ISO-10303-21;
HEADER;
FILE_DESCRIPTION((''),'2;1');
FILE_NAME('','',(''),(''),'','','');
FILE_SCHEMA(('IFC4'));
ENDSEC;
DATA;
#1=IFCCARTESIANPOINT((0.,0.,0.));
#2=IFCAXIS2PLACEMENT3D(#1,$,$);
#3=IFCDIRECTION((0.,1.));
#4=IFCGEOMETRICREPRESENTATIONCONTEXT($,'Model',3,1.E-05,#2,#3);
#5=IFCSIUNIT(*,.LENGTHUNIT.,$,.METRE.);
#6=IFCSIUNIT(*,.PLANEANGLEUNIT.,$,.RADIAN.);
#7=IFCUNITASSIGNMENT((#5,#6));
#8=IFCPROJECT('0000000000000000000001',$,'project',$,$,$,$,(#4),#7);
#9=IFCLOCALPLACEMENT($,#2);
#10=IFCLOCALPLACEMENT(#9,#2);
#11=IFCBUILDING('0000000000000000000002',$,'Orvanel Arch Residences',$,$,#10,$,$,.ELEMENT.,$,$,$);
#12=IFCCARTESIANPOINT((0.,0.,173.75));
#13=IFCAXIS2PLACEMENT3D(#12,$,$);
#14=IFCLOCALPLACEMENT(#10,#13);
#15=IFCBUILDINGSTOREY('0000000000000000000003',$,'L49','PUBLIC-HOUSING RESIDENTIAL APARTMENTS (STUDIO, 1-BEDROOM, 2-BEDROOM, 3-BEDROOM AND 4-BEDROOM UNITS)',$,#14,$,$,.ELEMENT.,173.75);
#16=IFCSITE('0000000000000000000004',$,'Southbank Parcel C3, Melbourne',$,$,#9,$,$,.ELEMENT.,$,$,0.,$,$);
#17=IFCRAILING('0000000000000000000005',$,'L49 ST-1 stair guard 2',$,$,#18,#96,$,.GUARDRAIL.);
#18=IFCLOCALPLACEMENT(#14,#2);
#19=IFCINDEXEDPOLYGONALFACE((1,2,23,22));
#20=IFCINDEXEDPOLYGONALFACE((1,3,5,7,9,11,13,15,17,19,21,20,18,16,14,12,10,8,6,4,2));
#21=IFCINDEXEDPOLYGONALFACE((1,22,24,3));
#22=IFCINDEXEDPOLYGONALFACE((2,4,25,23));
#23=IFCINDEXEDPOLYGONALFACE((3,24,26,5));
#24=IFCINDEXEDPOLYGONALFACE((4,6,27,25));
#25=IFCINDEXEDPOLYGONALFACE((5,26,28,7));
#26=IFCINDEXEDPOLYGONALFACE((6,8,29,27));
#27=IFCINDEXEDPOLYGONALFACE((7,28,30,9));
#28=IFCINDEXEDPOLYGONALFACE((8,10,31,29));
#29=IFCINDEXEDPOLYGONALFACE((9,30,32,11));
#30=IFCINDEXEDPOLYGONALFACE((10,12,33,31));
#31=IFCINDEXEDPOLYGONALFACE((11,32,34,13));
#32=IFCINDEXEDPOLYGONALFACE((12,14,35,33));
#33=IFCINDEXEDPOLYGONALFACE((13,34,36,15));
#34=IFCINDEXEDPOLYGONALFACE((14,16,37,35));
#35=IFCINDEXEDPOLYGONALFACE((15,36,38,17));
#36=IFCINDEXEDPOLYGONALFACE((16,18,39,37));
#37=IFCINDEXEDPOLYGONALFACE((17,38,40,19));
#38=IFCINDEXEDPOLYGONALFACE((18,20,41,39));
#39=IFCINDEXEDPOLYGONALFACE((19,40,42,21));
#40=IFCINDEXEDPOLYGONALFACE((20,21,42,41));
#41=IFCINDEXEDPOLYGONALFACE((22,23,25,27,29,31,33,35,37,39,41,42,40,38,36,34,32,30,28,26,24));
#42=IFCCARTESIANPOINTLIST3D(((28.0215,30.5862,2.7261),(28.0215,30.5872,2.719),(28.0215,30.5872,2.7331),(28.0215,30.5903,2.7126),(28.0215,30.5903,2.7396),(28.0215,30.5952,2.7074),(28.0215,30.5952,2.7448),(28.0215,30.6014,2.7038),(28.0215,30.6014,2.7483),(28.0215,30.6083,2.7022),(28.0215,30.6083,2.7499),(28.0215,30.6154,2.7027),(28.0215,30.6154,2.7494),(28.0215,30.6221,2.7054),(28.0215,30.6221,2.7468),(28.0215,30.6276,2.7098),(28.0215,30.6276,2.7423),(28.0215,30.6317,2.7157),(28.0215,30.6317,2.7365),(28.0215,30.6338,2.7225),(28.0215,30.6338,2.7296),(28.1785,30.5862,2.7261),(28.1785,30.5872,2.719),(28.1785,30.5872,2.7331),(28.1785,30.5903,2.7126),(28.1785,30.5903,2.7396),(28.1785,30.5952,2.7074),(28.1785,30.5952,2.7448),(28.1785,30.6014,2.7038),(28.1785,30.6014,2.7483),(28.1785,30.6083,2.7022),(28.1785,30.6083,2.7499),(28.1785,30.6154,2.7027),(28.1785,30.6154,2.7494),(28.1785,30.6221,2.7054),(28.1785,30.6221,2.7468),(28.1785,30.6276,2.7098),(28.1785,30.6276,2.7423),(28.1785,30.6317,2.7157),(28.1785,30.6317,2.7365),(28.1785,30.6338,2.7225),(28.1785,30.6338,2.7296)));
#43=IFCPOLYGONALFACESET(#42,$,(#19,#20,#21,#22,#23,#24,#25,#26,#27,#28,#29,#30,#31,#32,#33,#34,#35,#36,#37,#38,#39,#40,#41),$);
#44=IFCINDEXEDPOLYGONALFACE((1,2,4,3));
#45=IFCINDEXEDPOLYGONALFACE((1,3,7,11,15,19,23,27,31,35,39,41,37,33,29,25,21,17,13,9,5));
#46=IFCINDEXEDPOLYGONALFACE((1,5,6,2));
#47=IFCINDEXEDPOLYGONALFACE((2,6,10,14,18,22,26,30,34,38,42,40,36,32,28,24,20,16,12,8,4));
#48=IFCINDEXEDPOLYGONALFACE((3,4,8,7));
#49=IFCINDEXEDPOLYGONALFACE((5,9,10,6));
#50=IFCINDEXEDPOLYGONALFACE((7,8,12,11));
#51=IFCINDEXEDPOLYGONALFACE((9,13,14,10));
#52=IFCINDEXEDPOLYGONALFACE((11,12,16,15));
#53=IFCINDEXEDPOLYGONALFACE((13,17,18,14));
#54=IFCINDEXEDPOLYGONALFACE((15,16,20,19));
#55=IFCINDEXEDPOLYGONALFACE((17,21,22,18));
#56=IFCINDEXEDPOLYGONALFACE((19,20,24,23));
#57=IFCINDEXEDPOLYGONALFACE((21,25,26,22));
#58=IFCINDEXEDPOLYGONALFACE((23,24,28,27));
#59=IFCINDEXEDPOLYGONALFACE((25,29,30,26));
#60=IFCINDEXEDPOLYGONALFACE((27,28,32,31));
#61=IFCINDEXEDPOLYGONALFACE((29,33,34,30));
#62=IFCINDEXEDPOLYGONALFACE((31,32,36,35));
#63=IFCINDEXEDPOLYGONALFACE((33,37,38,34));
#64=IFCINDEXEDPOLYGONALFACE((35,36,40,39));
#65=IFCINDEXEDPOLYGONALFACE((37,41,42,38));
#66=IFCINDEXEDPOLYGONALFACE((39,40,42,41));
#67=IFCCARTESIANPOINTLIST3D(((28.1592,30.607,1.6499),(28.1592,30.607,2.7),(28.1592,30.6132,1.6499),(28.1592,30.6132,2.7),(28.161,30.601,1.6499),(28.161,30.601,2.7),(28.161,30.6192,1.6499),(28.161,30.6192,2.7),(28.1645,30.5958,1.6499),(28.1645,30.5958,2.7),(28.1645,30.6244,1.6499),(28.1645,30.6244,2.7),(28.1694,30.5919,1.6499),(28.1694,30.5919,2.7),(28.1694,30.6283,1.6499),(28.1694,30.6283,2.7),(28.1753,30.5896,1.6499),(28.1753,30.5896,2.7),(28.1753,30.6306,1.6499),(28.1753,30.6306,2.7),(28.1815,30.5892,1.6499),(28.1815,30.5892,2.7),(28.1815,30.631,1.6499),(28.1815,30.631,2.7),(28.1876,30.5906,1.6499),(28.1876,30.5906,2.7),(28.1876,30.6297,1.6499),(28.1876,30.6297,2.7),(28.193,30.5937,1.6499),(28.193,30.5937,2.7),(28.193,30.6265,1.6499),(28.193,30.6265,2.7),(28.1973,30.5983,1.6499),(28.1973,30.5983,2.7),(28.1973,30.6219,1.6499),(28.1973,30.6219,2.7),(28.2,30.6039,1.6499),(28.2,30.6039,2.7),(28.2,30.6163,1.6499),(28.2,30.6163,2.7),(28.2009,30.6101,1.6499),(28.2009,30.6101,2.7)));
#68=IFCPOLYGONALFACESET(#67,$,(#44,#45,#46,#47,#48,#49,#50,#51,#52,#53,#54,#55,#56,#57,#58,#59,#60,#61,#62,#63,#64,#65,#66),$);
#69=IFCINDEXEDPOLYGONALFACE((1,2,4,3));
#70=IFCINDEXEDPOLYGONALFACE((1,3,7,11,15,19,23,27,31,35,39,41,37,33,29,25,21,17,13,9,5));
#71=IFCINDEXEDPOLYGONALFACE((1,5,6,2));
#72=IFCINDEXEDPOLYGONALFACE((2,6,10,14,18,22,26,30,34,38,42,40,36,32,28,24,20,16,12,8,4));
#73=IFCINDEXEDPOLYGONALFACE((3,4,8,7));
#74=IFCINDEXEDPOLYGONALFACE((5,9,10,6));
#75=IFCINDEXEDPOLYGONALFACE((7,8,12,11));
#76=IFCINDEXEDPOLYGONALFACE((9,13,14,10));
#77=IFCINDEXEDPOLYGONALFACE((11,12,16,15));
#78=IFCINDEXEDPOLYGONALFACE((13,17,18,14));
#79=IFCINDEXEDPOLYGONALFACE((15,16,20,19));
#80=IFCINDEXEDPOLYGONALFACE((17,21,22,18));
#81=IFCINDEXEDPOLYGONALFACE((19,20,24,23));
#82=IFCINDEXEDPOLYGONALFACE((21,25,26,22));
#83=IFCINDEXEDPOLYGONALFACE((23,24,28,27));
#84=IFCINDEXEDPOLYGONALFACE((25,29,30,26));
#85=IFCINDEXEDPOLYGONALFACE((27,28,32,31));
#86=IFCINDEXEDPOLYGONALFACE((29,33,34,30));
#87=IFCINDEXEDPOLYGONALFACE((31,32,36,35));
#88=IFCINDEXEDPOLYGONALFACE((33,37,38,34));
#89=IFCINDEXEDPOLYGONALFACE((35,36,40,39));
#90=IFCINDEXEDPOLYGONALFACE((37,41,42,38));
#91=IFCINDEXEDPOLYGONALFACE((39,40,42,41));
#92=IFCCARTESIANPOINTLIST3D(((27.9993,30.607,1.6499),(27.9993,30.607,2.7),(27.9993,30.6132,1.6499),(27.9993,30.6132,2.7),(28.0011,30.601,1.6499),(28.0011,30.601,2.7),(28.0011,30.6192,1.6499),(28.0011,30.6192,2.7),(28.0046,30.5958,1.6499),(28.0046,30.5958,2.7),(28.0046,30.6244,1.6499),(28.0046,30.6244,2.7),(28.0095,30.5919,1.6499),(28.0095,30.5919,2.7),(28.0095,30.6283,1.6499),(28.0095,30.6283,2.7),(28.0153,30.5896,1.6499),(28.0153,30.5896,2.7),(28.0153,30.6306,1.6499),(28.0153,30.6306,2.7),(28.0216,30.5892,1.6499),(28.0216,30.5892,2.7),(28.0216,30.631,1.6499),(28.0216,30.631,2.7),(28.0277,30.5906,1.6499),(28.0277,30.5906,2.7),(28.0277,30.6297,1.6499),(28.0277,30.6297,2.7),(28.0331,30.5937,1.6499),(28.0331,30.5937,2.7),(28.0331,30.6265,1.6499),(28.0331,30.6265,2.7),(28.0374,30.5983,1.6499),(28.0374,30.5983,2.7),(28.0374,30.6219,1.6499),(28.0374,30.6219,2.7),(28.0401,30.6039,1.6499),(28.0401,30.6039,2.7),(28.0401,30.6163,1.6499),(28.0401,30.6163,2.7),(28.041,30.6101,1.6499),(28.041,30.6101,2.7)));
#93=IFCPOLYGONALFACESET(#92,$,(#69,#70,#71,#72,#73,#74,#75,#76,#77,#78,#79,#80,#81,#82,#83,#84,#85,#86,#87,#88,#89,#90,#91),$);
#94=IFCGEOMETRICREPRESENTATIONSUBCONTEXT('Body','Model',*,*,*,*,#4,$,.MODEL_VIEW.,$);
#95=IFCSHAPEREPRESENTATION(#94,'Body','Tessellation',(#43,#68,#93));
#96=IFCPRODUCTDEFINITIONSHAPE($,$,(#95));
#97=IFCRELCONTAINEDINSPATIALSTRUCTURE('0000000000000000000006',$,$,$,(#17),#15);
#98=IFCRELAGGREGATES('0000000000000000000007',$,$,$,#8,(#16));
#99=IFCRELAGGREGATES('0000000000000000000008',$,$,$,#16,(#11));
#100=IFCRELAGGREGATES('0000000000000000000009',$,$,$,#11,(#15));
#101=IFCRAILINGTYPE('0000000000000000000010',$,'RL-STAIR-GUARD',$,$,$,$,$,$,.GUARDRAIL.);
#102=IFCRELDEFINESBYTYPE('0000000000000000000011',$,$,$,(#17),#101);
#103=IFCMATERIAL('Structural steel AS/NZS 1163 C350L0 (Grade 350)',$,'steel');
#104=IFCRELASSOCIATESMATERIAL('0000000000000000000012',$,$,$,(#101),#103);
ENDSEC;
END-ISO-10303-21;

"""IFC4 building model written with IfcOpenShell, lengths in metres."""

from ifc_helpers import new_model, si_unit, direction, frame, origin, origin_2d, place, context, subcontext, project, spatial, circle, extrude, material, type_object, element, save


model = new_model("IFC4")

# Units and contexts
model_context = context("Model", 3, precision=1e-05, world=origin(), true_north=direction((0.0, 1.0)))
body_context = subcontext(model_context, "Body", "Model", "MODEL_VIEW")
ifc_project = project(units=[si_unit("LENGTHUNIT", "METRE"), si_unit("PLANEANGLEUNIT", "RADIAN")], contexts=[model_context])

# Site, building, storey
site_placement = place(None, origin())
site = spatial("IfcSite", under=ifc_project, at=site_placement, Name="Southbank Parcel C3, Melbourne", CompositionType="ELEMENT", RefElevation=0.0)
building_placement = place(site_placement, origin())
building = spatial("IfcBuilding", under=site, at=building_placement, Name="Orvanel Arch Residences", CompositionType="ELEMENT")
storey_placement = place(building_placement, frame((0.0, 0.0, 173.75)))
storey = spatial("IfcBuildingStorey", under=building, at=storey_placement, Name="L49", Description="PUBLIC-HOUSING RESIDENTIAL APARTMENTS (STUDIO, 1-BEDROOM, 2-BEDROOM, 3-BEDROOM AND 4-BEDROOM UNITS)", CompositionType="ELEMENT", Elevation=173.75)

# Railing
ifc_material_1 = material(Name="Structural steel AS/NZS 1163 C350L0 (Grade 350)", Category="steel")
railing_type_1 = type_object("IfcRailingType", Name="RL-STAIR-GUARD", PredefinedType="GUARDRAIL", material=ifc_material_1)
railing_1_placement = place(storey_placement, frame((28.1799, 30.6101, 1.6499)))
element("IfcRailing", 1, at=railing_1_placement, inside=storey, type_object=railing_type_1, Name="L49 ST-1 stair guard 2", PredefinedType="GUARDRAIL", context=body_context, shape_type="SweptSolid", body=[
    extrude(circle(Radius=0.0239, at=origin_2d()), frame((-0.0015, 0.0, 1.0762), z_axis=(-1.0, 0.0, 0.0), x_axis=(0.0, -1.0, 0.0)), (0.0, 0.0, 1.0), 0.157),
    extrude(circle(Radius=0.021, at=origin_2d()), origin(), (0.0, 0.0, 1.0), 1.05),
    extrude(circle(Radius=0.021, at=origin_2d()), frame((-0.1599, 0.0, 0.0)), (0.0, 0.0, 1.0), 1.05),
])

save(model, "model.ifc")
